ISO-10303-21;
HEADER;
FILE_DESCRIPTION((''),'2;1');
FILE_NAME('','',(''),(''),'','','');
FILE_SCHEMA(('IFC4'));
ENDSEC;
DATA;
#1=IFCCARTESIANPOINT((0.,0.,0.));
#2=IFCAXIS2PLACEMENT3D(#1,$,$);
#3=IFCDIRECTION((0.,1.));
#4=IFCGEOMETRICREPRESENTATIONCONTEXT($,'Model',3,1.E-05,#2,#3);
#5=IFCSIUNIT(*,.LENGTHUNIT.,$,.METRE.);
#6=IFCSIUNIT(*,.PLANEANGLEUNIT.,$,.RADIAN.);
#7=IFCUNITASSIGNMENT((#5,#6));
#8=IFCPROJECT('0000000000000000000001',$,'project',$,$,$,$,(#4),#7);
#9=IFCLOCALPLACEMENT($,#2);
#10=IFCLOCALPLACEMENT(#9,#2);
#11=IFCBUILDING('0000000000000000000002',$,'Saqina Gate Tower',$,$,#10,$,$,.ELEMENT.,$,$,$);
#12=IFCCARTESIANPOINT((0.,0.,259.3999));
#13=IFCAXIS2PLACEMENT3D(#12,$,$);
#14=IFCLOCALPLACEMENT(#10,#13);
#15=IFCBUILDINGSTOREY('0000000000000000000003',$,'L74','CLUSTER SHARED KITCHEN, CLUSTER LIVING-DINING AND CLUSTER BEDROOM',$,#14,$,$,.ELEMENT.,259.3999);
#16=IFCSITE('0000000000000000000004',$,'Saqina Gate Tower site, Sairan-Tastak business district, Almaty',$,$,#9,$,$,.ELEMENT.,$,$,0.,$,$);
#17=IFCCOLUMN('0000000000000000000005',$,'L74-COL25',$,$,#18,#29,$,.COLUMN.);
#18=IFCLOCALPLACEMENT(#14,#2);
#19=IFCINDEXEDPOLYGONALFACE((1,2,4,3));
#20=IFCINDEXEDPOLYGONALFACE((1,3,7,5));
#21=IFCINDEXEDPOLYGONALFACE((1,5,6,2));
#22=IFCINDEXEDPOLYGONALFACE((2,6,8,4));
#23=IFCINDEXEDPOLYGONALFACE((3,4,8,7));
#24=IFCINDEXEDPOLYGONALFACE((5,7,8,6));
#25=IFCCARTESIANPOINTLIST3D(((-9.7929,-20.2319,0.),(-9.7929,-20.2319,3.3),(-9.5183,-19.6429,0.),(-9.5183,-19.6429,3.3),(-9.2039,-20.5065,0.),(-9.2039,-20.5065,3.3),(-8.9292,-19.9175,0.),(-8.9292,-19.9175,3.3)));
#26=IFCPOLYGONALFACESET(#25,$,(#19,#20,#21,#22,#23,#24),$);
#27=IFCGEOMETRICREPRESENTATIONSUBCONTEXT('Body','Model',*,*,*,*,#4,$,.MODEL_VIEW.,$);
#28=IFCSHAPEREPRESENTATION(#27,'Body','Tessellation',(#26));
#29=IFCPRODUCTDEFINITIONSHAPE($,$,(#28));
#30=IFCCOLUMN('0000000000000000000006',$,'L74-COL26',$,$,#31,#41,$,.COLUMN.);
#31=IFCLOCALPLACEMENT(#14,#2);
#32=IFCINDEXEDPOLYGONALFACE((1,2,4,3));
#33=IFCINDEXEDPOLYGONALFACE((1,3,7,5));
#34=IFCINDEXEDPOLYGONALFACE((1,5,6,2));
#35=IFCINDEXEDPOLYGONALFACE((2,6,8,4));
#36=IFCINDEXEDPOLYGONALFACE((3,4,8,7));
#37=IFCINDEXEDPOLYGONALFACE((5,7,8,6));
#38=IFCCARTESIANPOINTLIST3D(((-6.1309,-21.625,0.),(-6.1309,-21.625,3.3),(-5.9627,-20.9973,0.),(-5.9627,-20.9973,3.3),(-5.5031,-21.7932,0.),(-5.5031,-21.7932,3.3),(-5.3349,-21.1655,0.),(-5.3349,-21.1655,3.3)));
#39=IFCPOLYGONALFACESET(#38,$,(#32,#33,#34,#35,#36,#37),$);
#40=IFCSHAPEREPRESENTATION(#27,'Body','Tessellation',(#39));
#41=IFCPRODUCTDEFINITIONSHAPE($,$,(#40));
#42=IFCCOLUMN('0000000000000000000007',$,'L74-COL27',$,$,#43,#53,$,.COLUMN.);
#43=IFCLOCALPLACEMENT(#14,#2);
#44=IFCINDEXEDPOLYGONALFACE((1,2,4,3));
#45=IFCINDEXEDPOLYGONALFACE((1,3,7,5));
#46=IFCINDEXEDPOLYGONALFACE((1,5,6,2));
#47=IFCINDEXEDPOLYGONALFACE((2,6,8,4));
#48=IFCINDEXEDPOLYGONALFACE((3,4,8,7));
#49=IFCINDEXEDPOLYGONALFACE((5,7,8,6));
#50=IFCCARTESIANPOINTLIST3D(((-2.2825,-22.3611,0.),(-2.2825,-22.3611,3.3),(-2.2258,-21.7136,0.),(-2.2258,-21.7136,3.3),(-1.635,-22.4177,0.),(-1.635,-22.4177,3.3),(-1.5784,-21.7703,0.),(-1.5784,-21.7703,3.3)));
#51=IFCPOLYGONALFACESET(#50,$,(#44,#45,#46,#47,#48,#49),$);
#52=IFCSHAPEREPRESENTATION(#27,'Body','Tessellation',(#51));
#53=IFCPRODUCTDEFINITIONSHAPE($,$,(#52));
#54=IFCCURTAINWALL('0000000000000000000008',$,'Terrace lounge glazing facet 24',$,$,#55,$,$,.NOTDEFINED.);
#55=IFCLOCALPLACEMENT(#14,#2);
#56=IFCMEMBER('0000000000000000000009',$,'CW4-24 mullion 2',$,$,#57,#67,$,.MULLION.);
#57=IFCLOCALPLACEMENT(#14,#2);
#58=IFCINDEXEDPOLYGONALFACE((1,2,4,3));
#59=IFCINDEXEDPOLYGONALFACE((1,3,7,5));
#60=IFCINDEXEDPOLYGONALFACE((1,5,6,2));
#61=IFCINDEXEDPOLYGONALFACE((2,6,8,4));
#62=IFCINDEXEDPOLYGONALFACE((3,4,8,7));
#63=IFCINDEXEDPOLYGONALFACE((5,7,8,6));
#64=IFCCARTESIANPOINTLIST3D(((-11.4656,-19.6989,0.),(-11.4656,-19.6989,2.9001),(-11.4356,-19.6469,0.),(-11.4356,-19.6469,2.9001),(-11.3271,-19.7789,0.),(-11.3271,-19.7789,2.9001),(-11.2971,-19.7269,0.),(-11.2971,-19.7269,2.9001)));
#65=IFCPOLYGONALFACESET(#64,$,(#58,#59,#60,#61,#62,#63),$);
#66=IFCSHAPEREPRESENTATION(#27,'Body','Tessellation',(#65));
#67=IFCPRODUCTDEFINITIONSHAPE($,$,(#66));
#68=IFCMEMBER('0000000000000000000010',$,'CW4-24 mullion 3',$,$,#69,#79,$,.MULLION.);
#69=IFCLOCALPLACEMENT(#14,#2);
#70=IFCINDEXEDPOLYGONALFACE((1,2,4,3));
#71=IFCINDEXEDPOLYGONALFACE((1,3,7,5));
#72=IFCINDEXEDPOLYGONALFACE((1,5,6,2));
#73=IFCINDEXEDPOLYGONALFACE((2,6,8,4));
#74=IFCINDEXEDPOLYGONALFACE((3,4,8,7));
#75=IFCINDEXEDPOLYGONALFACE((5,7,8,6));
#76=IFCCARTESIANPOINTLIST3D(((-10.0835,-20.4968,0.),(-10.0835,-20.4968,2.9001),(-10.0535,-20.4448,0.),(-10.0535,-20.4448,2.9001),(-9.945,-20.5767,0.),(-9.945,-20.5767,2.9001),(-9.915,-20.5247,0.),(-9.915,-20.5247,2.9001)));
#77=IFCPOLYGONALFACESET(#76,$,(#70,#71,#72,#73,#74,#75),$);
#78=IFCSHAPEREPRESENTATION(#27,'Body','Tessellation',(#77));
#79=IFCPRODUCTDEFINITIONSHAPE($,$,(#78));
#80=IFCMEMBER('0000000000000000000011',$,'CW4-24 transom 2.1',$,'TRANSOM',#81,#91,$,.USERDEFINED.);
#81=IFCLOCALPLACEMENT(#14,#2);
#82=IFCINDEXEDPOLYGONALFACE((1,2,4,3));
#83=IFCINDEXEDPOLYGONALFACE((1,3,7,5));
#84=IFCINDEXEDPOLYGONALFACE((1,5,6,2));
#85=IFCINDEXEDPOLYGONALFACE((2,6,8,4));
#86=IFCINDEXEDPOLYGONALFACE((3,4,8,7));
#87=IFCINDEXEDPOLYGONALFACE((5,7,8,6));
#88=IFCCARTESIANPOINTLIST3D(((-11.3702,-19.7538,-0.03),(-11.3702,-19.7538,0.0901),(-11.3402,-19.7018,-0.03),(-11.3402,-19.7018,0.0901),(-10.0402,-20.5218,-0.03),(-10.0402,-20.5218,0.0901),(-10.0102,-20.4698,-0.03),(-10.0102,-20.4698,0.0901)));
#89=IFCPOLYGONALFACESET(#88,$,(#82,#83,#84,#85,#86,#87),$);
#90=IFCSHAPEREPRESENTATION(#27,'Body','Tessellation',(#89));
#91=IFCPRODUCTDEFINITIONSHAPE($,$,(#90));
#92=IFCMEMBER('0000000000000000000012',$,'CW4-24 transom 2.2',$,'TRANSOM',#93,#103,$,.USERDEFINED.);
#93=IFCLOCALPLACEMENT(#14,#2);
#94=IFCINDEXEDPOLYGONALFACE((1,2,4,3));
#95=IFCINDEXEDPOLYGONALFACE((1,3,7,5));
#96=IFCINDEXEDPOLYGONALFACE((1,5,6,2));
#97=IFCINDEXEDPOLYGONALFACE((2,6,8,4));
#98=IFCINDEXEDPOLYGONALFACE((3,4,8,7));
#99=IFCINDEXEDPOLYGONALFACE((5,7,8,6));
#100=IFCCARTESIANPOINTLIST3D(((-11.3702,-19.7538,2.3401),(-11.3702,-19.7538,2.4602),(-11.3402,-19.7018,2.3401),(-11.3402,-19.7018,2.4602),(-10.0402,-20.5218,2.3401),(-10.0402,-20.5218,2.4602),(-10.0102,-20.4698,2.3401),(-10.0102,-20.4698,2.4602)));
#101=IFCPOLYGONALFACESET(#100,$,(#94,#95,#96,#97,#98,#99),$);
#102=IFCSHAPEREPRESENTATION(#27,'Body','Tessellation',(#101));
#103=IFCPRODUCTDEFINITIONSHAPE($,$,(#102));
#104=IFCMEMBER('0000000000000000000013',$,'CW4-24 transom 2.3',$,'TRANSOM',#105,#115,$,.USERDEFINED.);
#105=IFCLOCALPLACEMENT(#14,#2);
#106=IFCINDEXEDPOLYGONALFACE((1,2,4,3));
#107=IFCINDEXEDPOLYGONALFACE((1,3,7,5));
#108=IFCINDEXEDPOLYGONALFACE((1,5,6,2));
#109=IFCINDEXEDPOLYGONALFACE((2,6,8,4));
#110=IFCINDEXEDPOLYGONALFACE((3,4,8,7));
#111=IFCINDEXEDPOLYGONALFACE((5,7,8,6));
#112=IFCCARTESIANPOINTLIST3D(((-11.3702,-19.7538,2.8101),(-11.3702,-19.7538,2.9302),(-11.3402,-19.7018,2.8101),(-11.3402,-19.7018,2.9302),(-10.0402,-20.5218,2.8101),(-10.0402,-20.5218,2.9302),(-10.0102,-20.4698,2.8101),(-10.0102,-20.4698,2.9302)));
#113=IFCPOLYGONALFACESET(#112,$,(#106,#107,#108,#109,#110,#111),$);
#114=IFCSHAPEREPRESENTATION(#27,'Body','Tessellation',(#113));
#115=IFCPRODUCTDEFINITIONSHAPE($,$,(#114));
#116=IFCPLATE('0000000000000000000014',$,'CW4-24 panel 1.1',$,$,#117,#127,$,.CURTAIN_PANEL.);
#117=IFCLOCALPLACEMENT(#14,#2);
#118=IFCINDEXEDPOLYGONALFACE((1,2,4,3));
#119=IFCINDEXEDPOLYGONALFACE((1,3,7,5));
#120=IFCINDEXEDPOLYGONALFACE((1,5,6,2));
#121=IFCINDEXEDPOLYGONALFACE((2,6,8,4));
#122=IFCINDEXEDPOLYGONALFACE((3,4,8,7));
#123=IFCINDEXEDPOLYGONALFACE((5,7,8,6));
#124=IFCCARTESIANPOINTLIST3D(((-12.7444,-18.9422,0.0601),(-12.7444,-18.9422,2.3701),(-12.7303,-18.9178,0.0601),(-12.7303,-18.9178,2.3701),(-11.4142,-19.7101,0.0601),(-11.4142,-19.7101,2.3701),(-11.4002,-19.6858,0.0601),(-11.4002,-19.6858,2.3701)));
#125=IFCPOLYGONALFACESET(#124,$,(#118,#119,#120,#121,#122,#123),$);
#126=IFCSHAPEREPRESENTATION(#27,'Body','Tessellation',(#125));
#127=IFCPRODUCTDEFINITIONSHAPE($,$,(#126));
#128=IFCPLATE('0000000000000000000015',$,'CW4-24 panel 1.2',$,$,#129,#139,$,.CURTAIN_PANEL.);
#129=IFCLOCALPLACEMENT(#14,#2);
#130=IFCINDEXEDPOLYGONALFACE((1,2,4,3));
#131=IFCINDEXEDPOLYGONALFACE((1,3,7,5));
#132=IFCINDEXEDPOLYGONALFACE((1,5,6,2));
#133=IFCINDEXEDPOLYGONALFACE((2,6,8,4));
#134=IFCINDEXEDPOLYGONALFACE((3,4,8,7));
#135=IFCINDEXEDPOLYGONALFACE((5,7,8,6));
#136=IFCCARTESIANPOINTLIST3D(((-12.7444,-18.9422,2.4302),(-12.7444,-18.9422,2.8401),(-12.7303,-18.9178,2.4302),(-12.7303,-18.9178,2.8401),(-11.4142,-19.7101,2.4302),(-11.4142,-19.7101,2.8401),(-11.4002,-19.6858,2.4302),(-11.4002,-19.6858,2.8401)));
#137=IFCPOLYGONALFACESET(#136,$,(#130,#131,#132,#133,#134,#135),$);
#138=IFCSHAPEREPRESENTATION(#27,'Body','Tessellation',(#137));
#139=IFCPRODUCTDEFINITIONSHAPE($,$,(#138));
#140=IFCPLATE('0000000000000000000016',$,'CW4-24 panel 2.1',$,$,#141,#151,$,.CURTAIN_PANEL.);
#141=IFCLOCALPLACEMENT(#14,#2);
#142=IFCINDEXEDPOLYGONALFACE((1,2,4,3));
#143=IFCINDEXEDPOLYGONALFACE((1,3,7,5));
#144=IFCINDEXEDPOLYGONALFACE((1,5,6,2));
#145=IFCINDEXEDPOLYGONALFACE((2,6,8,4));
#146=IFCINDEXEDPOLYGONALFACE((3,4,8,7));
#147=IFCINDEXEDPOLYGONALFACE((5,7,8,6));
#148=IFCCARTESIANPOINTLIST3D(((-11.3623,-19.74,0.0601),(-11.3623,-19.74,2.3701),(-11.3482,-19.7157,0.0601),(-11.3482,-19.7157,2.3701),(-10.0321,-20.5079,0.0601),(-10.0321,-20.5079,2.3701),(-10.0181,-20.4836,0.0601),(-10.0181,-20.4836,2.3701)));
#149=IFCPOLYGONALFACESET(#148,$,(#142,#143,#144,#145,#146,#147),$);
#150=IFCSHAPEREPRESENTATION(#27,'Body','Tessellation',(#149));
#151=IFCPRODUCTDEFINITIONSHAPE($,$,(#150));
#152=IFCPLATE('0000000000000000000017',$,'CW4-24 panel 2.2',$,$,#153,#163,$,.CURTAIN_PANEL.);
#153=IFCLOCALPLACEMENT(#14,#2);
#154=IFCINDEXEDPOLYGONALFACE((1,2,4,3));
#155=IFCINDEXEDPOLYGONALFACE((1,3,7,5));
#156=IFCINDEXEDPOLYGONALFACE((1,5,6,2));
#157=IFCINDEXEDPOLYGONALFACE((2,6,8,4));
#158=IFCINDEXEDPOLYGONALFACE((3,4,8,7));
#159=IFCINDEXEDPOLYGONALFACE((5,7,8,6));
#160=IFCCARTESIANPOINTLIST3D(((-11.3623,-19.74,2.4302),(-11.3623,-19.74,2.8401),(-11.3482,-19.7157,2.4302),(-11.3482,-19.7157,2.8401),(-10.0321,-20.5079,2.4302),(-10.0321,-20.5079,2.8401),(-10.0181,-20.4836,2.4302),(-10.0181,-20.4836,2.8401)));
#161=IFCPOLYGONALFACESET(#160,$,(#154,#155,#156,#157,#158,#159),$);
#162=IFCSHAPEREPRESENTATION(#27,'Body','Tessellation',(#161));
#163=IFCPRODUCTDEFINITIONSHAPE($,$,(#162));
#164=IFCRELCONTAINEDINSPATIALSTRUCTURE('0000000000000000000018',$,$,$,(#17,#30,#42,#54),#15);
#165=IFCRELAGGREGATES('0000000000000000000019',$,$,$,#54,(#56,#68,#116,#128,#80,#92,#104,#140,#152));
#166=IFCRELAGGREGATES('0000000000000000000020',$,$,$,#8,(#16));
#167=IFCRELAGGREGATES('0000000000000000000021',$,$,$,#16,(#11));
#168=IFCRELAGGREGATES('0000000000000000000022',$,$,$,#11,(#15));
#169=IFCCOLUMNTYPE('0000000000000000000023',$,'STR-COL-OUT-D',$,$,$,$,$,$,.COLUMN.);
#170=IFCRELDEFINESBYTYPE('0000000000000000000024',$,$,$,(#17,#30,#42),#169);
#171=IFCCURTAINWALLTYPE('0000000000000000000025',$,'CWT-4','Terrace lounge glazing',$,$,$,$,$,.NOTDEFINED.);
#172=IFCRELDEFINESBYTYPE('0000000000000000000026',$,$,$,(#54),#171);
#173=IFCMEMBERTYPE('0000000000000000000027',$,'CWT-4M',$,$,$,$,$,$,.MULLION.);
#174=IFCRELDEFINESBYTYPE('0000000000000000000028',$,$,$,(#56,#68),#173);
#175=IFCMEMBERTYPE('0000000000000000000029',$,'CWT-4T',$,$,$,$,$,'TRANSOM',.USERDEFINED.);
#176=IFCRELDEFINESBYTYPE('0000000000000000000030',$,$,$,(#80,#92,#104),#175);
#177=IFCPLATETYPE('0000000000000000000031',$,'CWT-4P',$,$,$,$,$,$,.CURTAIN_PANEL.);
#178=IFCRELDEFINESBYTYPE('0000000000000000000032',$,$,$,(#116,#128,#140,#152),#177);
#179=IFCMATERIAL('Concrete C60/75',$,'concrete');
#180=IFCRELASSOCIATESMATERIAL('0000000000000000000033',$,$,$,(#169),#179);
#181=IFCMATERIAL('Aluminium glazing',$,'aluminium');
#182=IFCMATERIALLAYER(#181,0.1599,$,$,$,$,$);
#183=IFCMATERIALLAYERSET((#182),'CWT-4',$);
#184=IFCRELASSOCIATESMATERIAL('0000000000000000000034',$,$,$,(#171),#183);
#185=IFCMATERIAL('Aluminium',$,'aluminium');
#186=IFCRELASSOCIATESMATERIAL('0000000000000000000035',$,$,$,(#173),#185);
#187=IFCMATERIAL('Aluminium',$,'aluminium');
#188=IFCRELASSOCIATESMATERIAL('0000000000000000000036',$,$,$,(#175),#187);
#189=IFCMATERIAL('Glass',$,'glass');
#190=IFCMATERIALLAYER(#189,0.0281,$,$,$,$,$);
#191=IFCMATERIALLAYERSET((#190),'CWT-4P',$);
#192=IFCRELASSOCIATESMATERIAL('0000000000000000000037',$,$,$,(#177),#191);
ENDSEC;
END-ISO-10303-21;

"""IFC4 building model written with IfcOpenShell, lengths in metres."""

from ifc_helpers import new_model, si_unit, direction, frame, origin, origin_2d, place, context, subcontext, project, spatial, rectangle, extrude, material, layer, layer_set, material_profile, profile_set, type_object, element, aggregate, save


model = new_model("IFC4")

# Units and contexts
model_context = context("Model", 3, precision=1e-05, world=origin(), true_north=direction((0.0, 1.0)))
body_context = subcontext(model_context, "Body", "Model", "MODEL_VIEW")
ifc_project = project(units=[si_unit("LENGTHUNIT", "METRE"), si_unit("PLANEANGLEUNIT", "RADIAN")], contexts=[model_context])

# Site, building, storey
site_placement = place(None, origin())
site = spatial("IfcSite", under=ifc_project, at=site_placement, Name="Saqina Gate Tower site, Sairan-Tastak business district, Almaty", CompositionType="ELEMENT", RefElevation=0.0)
building_placement = place(site_placement, origin())
building = spatial("IfcBuilding", under=site, at=building_placement, Name="Saqina Gate Tower", CompositionType="ELEMENT")
storey_placement = place(building_placement, frame((0.0, 0.0, 259.3999)))
storey = spatial("IfcBuildingStorey", under=building, at=storey_placement, Name="L74", Description="CLUSTER SHARED KITCHEN, CLUSTER LIVING-DINING AND CLUSTER BEDROOM", CompositionType="ELEMENT", Elevation=259.3999)

# Columns
ifc_material_1 = material(Name="Concrete C60/75", Category="concrete")
ifc_material_profile_1 = material_profile(ifc_material_1, rectangle(XDim=0.6499, YDim=0.6499, at=origin_2d()), Name="RC 650x650")
ifc_profile_set_1 = profile_set([ifc_material_profile_1], Name="Concrete C60/75")
column_type = type_object("IfcColumnType", Name="STR-COL-OUT-D", PredefinedType="COLUMN", material=ifc_profile_set_1)
for number, where, z_axis, x_axis, name in (
    (1, (-9.3611, -20.0747, 0.0), (0.0, 0.0, 1.0), (-0.422618, -0.906308, 0.0), "L74-COL25"),
    (2, (-5.7329, -21.3953, 0.0), (0.0, 0.0, 1.0), (-0.258819, -0.965926, 0.0), "L74-COL26"),
    (3, (-1.9304, -22.0657, 0.0), (0.0, 0.0, 1.0), (-0.087156, -0.996195, 0.0), "L74-COL27"),
):
    element("IfcColumn", number, at=place(storey_placement, frame(where, z_axis=z_axis, x_axis=x_axis)), inside=storey, type_object=column_type, Name=name, PredefinedType="COLUMN", context=body_context, shape_type="SweptSolid", body=[
        extrude(rectangle(XDim=0.6499, YDim=0.6499, at=origin_2d()), origin(), (0.0, 0.0, 1.0), 3.3),
    ])

# Curtain wall, members, plates
ifc_material_2 = material(Name="Aluminium glazing", Category="aluminium")
ifc_layer_1 = layer(ifc_material_2, 0.1599)
ifc_layer_set_1 = layer_set([ifc_layer_1], Name="CWT-4")
curtain_wall_type = type_object("IfcCurtainWallType", Name="CWT-4", Description="Terrace lounge glazing", PredefinedType="NOTDEFINED", material=ifc_layer_set_1)
curtain_wall_placement = place(storey_placement, origin())
curtain_wall = element("IfcCurtainWall", 4, at=curtain_wall_placement, inside=storey, type_object=curtain_wall_type, Name="Terrace lounge glazing facet 24", PredefinedType="NOTDEFINED")
ifc_material_3 = material(Name="Aluminium", Category="aluminium")
ifc_material_profile_2 = material_profile(ifc_material_3, rectangle(XDim=0.0601, YDim=0.1599, at=origin_2d()), Name="Aluminium 60x160")
ifc_profile_set_2 = profile_set([ifc_material_profile_2], Name="Aluminium")
member_type_1 = type_object("IfcMemberType", Name="CWT-4M", PredefinedType="MULLION", material=ifc_profile_set_2)
member_1_placement = place(storey_placement, frame((-11.3813, -19.7129, 0.0), z_axis=(0.0, 0.0, 1.0), x_axis=(0.499982, 0.866036, 0.0)))
member_1 = element("IfcMember", 5, at=member_1_placement, type_object=member_type_1, Name="CW4-24 mullion 2", PredefinedType="MULLION", context=body_context, shape_type="SweptSolid", body=[
    extrude(rectangle(XDim=0.0601, YDim=0.1599, at=origin_2d()), origin(), (0.0, 0.0, 1.0), 2.9001),
])
member_2_placement = place(storey_placement, frame((-9.9993, -20.5107, 0.0), z_axis=(0.0, 0.0, 1.0), x_axis=(0.499982, 0.866036, 0.0)))
member_2 = element("IfcMember", 6, at=member_2_placement, type_object=member_type_1, Name="CW4-24 mullion 3", PredefinedType="MULLION", context=body_context, shape_type="SweptSolid", body=[
    extrude(rectangle(XDim=0.0601, YDim=0.1599, at=origin_2d()), origin(), (0.0, 0.0, 1.0), 2.9001),
])
ifc_material_4 = material(Name="Aluminium", Category="aluminium")
ifc_material_profile_3 = material_profile(ifc_material_4, rectangle(XDim=0.0601, YDim=0.1201, at=origin_2d()), Name="Aluminium 60x120")
ifc_profile_set_3 = profile_set([ifc_material_profile_3], Name="Aluminium")
member_type_2 = type_object("IfcMemberType", Name="CWT-4T", ElementType="TRANSOM", PredefinedType="USERDEFINED", material=ifc_profile_set_3)
member_3_placement = place(storey_placement, frame((-11.3552, -19.7278, 0.03), z_axis=(0.865984, -0.500071, 0.0), x_axis=(0.500071, 0.865984, 0.0)))
member_3 = element("IfcMember", 7, at=member_3_placement, type_object=member_type_2, Name="CW4-24 transom 2.1", ObjectType="TRANSOM", PredefinedType="USERDEFINED", context=body_context, shape_type="SweptSolid", body=[
    extrude(rectangle(XDim=0.0601, YDim=0.1201, at=origin_2d()), origin(), (0.0, 0.0, 1.0), 1.5359),
])
member_4_placement = place(storey_placement, frame((-11.3552, -19.7278, 2.4001), z_axis=(0.865984, -0.500071, 0.0), x_axis=(0.500071, 0.865984, 0.0)))
member_4 = element("IfcMember", 8, at=member_4_placement, type_object=member_type_2, Name="CW4-24 transom 2.2", ObjectType="TRANSOM", PredefinedType="USERDEFINED", context=body_context, shape_type="SweptSolid", body=[
    extrude(rectangle(XDim=0.0601, YDim=0.1201, at=origin_2d()), origin(), (0.0, 0.0, 1.0), 1.5359),
])
member_5_placement = place(storey_placement, frame((-11.3552, -19.7278, 2.8701), z_axis=(0.865984, -0.500071, 0.0), x_axis=(0.500071, 0.865984, 0.0)))
member_5 = element("IfcMember", 9, at=member_5_placement, type_object=member_type_2, Name="CW4-24 transom 2.3", ObjectType="TRANSOM", PredefinedType="USERDEFINED", context=body_context, shape_type="SweptSolid", body=[
    extrude(rectangle(XDim=0.0601, YDim=0.1201, at=origin_2d()), origin(), (0.0, 0.0, 1.0), 1.5359),
])
ifc_material_5 = material(Name="Glass", Category="glass")
ifc_layer_2 = layer(ifc_material_5, 0.0281)
ifc_layer_set_2 = layer_set([ifc_layer_2], Name="CWT-4P")
plate_type = type_object("IfcPlateType", Name="CWT-4P", PredefinedType="CURTAIN_PANEL", material=ifc_layer_set_2)
plate_1_placement = place(storey_placement, frame((-12.0723, -19.314, 0.0601), z_axis=(0.0, 0.0, 1.0), x_axis=(0.866036, -0.499982, 0.0)))
plate_1 = element("IfcPlate", 10, at=plate_1_placement, type_object=plate_type, Name="CW4-24 panel 1.1", PredefinedType="CURTAIN_PANEL", context=body_context, shape_type="SweptSolid", body=[
    extrude(rectangle(XDim=1.5359, YDim=0.0281, at=origin_2d()), origin(), (0.0, 0.0, 1.0), 2.3101),
])
plate_2_placement = place(storey_placement, frame((-12.0723, -19.314, 2.4302), z_axis=(0.0, 0.0, 1.0), x_axis=(0.866036, -0.499982, 0.0)))
plate_2 = element("IfcPlate", 11, at=plate_2_placement, type_object=plate_type, Name="CW4-24 panel 1.2", PredefinedType="CURTAIN_PANEL", context=body_context, shape_type="SweptSolid", body=[
    extrude(rectangle(XDim=1.5359, YDim=0.0281, at=origin_2d()), origin(), (0.0, 0.0, 1.0), 0.4099),
])
plate_3_placement = place(storey_placement, frame((-10.6902, -20.1118, 0.0601), z_axis=(0.0, 0.0, 1.0), x_axis=(0.866036, -0.499982, 0.0)))
plate_3 = element("IfcPlate", 12, at=plate_3_placement, type_object=plate_type, Name="CW4-24 panel 2.1", PredefinedType="CURTAIN_PANEL", context=body_context, shape_type="SweptSolid", body=[
    extrude(rectangle(XDim=1.5359, YDim=0.0281, at=origin_2d()), origin(), (0.0, 0.0, 1.0), 2.3101),
])
plate_4_placement = place(storey_placement, frame((-10.6902, -20.1118, 2.4302), z_axis=(0.0, 0.0, 1.0), x_axis=(0.866036, -0.499982, 0.0)))
plate_4 = element("IfcPlate", 13, at=plate_4_placement, type_object=plate_type, Name="CW4-24 panel 2.2", PredefinedType="CURTAIN_PANEL", context=body_context, shape_type="SweptSolid", body=[
    extrude(rectangle(XDim=1.5359, YDim=0.0281, at=origin_2d()), origin(), (0.0, 0.0, 1.0), 0.4099),
])
aggregate(curtain_wall, [member_1, member_2, plate_1, plate_2, member_3, member_4, member_5, plate_3, plate_4])

save(model, "model.ifc")
